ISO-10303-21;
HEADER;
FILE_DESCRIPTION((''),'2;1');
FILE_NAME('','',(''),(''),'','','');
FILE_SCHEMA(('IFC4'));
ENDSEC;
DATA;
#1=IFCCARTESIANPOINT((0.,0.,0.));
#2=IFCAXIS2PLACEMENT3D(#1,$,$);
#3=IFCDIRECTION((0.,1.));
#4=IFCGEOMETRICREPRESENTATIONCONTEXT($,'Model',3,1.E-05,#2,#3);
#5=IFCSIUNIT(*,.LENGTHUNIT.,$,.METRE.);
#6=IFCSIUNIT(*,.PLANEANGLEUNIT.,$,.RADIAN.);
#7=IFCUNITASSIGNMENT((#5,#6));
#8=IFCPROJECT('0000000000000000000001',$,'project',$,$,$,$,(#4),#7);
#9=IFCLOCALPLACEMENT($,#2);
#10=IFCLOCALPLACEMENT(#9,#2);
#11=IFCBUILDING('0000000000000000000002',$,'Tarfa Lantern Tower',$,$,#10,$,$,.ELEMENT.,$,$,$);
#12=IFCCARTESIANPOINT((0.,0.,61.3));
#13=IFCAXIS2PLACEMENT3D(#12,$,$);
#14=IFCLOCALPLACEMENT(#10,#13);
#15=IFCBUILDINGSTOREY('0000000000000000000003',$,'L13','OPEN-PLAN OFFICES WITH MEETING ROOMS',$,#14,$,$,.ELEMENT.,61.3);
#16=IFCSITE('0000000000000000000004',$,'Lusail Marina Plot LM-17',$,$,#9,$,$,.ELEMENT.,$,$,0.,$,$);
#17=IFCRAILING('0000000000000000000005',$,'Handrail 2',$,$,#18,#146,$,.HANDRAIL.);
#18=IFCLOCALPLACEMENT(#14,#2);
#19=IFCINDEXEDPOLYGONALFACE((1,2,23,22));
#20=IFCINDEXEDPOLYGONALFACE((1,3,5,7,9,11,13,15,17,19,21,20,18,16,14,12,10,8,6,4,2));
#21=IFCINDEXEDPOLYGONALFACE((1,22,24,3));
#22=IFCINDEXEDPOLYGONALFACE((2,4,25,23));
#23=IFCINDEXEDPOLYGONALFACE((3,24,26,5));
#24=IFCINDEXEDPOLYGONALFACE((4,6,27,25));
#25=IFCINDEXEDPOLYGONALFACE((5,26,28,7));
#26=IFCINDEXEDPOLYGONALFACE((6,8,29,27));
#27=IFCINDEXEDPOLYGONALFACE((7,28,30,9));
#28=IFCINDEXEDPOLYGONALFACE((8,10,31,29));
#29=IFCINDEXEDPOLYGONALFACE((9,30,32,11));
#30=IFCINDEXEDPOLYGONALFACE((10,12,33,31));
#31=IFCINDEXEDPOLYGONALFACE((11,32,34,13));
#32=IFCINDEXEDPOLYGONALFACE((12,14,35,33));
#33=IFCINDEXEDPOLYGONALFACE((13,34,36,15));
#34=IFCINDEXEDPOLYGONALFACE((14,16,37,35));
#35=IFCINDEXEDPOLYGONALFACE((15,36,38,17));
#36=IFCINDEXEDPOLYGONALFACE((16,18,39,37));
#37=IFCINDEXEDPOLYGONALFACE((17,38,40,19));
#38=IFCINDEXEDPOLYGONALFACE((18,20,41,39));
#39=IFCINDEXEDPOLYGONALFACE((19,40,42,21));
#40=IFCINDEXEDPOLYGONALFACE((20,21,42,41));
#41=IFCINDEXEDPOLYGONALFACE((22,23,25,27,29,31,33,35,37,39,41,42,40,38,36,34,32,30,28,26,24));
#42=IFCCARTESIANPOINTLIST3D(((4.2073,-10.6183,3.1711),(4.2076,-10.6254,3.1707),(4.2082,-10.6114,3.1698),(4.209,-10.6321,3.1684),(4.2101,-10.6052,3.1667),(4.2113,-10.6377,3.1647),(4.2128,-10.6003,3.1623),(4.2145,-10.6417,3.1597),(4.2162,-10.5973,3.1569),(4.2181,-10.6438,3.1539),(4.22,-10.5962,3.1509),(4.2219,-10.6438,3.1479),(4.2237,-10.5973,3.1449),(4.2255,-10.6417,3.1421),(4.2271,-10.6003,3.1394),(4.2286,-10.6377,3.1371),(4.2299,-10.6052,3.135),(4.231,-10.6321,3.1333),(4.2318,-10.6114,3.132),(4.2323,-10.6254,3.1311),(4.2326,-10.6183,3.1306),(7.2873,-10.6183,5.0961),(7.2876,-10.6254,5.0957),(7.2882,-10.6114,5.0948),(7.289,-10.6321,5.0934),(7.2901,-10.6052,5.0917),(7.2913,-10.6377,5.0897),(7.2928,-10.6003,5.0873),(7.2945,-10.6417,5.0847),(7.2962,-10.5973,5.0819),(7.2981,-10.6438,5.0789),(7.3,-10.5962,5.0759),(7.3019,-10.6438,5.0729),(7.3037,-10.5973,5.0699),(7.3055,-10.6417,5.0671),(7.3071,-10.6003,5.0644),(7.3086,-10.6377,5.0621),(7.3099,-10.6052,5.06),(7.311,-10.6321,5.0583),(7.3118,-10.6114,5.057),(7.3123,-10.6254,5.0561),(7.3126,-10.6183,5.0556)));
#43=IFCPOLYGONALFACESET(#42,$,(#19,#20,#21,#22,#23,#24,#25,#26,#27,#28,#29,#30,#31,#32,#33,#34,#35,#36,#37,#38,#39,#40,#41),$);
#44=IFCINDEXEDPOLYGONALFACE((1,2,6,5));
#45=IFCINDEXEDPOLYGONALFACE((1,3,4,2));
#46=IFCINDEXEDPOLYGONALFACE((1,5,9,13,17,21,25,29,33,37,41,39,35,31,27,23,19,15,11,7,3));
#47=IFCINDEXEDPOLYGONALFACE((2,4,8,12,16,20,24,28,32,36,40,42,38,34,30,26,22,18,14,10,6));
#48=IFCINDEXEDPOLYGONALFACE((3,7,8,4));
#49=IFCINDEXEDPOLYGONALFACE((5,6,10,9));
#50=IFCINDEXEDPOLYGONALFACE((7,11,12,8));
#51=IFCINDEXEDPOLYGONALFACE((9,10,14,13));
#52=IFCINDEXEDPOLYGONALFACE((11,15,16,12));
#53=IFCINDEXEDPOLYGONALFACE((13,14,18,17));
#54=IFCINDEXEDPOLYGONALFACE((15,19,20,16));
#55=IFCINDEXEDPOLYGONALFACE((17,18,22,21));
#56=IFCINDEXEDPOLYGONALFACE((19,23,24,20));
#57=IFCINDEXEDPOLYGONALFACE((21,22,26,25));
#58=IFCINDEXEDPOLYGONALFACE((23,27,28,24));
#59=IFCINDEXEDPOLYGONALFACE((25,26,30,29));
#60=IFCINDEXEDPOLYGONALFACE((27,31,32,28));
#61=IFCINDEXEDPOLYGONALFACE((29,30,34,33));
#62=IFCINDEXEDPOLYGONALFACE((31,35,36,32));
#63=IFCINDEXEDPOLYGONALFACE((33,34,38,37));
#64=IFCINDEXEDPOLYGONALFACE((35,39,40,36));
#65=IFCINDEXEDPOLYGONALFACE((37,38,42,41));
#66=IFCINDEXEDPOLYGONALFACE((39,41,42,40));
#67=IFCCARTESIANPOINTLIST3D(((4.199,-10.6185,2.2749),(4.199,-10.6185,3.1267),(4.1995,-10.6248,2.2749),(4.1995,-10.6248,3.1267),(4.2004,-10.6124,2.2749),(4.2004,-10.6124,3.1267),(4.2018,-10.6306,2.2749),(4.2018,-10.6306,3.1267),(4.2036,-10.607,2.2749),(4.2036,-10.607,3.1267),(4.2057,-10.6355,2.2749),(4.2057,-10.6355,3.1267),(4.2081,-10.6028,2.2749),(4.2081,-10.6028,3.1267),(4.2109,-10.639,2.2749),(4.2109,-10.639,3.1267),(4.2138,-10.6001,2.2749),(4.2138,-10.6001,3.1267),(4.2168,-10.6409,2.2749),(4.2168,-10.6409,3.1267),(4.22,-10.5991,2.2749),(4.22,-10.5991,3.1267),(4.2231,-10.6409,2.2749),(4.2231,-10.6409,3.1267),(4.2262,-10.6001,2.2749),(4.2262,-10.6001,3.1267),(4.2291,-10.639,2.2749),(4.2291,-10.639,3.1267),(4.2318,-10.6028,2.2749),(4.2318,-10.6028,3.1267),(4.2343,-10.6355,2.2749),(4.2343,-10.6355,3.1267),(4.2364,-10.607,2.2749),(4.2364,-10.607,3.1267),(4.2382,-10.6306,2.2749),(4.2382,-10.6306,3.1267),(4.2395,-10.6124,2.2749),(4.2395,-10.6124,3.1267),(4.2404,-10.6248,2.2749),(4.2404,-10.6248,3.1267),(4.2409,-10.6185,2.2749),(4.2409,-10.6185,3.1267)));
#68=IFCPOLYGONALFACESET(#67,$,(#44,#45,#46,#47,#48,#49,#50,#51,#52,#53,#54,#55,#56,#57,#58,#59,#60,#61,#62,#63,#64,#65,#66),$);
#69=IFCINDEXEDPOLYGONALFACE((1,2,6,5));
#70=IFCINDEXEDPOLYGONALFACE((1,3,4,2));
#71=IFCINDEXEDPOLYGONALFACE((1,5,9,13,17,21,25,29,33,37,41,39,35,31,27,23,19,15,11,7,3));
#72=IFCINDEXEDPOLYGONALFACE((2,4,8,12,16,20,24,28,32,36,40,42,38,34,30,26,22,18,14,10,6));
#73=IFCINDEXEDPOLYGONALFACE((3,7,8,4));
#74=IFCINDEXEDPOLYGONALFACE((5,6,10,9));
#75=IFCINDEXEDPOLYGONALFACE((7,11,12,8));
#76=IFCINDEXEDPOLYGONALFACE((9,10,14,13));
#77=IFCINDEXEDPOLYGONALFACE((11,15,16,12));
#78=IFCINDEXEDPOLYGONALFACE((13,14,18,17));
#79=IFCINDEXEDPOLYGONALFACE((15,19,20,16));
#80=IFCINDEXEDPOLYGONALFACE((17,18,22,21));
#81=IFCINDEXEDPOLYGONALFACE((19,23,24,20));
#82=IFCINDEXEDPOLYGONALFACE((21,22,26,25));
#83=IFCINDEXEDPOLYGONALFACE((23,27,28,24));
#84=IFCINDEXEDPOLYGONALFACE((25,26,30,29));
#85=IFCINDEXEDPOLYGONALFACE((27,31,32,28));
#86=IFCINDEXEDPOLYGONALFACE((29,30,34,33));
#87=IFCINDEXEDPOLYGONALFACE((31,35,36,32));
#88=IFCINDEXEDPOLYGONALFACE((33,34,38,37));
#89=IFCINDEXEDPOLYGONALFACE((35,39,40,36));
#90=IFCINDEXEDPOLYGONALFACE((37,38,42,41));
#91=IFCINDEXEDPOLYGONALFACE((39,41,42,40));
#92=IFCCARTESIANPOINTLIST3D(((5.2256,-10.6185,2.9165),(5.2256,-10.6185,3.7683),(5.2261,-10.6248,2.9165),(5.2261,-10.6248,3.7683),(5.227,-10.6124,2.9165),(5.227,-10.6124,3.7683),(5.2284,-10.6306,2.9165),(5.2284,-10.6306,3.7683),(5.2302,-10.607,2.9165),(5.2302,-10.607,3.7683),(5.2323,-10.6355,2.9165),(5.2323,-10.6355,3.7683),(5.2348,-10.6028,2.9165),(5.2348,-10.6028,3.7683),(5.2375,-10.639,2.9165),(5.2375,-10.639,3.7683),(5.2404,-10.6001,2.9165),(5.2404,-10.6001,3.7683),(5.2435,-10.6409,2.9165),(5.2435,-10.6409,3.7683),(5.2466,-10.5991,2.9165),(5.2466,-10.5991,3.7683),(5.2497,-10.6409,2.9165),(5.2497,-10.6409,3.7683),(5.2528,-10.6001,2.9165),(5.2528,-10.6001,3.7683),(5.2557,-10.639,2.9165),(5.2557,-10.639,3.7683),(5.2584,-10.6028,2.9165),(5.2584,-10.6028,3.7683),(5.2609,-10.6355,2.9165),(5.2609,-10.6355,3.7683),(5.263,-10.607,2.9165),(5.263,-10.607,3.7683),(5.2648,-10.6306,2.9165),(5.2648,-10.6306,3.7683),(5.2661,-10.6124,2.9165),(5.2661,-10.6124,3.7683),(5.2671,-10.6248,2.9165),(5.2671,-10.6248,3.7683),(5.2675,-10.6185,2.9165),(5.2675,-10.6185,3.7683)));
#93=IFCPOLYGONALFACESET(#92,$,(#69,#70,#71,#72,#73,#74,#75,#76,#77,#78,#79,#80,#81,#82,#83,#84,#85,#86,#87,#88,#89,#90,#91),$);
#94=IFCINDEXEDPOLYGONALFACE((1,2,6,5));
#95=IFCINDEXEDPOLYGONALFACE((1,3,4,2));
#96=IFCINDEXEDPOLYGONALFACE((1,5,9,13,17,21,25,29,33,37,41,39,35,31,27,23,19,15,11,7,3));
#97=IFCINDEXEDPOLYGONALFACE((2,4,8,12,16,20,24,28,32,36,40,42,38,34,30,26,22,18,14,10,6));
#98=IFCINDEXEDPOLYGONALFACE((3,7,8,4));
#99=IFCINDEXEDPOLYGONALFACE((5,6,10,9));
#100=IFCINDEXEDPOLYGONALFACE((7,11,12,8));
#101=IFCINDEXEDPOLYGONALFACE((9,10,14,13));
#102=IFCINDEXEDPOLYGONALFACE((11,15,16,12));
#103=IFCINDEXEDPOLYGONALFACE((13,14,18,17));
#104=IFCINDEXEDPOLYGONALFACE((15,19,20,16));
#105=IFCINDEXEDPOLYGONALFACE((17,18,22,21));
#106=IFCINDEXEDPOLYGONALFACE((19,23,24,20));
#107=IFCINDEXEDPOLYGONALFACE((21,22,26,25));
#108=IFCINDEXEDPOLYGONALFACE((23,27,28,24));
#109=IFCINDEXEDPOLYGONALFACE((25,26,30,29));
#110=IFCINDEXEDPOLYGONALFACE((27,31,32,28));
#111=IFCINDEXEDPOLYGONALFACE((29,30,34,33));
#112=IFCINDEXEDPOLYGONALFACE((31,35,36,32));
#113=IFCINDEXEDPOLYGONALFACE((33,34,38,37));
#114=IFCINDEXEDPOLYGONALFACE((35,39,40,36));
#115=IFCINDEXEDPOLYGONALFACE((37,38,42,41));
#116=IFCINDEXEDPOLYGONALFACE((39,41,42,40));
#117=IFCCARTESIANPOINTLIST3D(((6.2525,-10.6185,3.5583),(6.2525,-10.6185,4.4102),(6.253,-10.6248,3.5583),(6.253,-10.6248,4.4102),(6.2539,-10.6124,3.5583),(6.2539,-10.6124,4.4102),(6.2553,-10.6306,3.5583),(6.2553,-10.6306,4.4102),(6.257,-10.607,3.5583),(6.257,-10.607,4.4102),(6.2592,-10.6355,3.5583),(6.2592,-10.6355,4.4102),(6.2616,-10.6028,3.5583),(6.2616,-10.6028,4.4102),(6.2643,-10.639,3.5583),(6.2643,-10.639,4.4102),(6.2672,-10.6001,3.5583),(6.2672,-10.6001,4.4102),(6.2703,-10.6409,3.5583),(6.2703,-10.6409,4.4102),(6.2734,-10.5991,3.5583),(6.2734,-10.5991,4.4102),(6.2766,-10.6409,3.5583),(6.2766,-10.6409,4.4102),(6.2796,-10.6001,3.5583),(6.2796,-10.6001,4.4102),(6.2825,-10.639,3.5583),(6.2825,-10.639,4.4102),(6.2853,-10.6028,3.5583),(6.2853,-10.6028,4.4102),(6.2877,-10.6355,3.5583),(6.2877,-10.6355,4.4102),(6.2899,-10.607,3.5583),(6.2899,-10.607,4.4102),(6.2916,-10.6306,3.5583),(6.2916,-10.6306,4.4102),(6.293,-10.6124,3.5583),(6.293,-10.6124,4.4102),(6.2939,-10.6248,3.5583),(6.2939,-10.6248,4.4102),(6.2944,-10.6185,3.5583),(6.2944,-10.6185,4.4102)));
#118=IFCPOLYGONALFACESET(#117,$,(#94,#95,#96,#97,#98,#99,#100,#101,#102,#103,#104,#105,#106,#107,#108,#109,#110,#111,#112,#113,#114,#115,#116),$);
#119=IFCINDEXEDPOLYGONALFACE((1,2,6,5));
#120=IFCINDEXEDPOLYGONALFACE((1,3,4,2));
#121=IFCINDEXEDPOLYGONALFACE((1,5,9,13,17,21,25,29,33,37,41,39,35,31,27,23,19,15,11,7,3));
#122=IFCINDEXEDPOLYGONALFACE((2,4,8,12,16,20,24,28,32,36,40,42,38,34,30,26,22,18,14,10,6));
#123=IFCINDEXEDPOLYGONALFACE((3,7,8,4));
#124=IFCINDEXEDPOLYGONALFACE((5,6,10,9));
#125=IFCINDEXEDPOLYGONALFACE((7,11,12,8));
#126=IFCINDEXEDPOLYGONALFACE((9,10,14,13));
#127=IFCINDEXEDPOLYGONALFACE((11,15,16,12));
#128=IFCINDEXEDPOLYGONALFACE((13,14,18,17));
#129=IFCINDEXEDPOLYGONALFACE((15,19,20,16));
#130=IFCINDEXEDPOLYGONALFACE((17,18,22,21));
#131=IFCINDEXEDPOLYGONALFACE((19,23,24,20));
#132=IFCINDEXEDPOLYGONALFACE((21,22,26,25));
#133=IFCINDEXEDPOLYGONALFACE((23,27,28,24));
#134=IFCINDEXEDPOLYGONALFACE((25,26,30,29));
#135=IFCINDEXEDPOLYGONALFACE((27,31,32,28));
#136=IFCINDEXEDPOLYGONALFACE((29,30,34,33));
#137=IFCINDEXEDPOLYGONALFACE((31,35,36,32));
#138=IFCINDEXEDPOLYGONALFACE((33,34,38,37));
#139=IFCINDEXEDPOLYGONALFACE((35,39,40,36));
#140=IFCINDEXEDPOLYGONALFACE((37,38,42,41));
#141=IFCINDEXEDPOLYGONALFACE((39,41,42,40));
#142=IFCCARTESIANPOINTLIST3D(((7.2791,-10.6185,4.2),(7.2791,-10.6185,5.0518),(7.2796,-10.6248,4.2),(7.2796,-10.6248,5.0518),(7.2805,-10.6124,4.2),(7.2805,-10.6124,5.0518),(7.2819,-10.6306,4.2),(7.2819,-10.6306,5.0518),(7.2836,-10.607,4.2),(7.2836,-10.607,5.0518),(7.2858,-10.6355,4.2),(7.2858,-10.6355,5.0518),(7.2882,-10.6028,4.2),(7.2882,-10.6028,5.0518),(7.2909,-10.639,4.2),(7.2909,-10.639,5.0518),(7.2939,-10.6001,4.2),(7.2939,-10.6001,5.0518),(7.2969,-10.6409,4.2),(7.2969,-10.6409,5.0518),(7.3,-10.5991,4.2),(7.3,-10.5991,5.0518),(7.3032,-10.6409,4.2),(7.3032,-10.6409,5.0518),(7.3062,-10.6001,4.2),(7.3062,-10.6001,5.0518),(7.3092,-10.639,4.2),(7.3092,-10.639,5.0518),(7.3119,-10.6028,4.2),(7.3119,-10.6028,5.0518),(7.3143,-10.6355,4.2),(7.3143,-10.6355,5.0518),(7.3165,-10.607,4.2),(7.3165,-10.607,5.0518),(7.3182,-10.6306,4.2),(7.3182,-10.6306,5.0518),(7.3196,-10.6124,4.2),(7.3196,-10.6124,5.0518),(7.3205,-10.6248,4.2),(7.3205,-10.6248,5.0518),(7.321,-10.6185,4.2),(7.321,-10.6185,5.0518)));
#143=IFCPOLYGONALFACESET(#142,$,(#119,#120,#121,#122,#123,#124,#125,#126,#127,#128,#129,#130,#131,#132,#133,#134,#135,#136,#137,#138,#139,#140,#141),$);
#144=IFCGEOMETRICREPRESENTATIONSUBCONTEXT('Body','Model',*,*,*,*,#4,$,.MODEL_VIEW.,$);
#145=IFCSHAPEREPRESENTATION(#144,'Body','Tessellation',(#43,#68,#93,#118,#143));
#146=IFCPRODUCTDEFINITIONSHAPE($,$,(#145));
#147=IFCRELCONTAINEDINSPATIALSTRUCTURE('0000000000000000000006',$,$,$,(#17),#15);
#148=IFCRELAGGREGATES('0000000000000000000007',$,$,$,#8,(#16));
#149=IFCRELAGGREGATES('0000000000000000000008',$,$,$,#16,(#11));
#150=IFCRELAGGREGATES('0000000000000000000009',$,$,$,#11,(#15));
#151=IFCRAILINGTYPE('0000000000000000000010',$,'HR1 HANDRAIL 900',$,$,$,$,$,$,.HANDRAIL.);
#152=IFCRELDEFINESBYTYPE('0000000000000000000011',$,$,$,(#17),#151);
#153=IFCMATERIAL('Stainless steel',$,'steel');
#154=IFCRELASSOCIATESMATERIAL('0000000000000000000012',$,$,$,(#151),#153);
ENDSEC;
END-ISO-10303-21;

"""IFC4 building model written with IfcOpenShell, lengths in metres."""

from ifc_helpers import new_model, si_unit, direction, frame, origin, origin_2d, place, context, subcontext, project, spatial, circle, extrude, material, type_object, element, save


model = new_model("IFC4")

# Units and contexts
model_context = context("Model", 3, precision=1e-05, world=origin(), true_north=direction((0.0, 1.0)))
body_context = subcontext(model_context, "Body", "Model", "MODEL_VIEW")
ifc_project = project(units=[si_unit("LENGTHUNIT", "METRE"), si_unit("PLANEANGLEUNIT", "RADIAN")], contexts=[model_context])

# Site, building, storey
site_placement = place(None, origin())
site = spatial("IfcSite", under=ifc_project, at=site_placement, Name="Lusail Marina Plot LM-17", CompositionType="ELEMENT", RefElevation=0.0)
building_placement = place(site_placement, origin())
building = spatial("IfcBuilding", under=site, at=building_placement, Name="Tarfa Lantern Tower", CompositionType="ELEMENT")
storey_placement = place(building_placement, frame((0.0, 0.0, 61.3)))
storey = spatial("IfcBuildingStorey", under=building, at=storey_placement, Name="L13", Description="OPEN-PLAN OFFICES WITH MEETING ROOMS", CompositionType="ELEMENT", Elevation=61.3)

# Railing
ifc_material_1 = material(Name="Stainless steel", Category="steel")
railing_type = type_object("IfcRailingType", Name="HR1 HANDRAIL 900", PredefinedType="HANDRAIL", material=ifc_material_1)
railing_1_placement = place(storey_placement, frame((4.22, -10.6201, 2.2749)))
element("IfcRailing", 1, at=railing_1_placement, inside=storey, type_object=railing_type, Name="Handrail 2", PredefinedType="HANDRAIL", context=body_context, shape_type="SweptSolid", body=[
    extrude(circle(Radius=0.0239, at=origin_2d()), frame((0.0, 0.0, 0.876), z_axis=(0.847998, 0.0, 0.529999), x_axis=(0.0, 1.0, 0.0)), (0.0, 0.0, 1.0), 3.6321),
    extrude(circle(Radius=0.021, at=origin_2d()), frame((0.0, 0.0, 0.0), z_axis=(0.0, 0.0, 1.0), x_axis=(0.0, 1.0, 0.0)), (0.0, 0.0, 1.0), 0.8518),
    extrude(circle(Radius=0.021, at=origin_2d()), frame((1.0266, 0.0, 0.6416), z_axis=(0.0, 0.0, 1.0), x_axis=(0.0, 1.0, 0.0)), (0.0, 0.0, 1.0), 0.8518),
    extrude(circle(Radius=0.021, at=origin_2d()), frame((2.0535, 0.0, 1.2834), z_axis=(0.0, 0.0, 1.0), x_axis=(0.0, 1.0, 0.0)), (0.0, 0.0, 1.0), 0.8518),
    extrude(circle(Radius=0.021, at=origin_2d()), frame((3.0801, 0.0, 1.925), z_axis=(0.0, 0.0, 1.0), x_axis=(0.0, 1.0, 0.0)), (0.0, 0.0, 1.0), 0.8518),
])

save(model, "model.ifc")
